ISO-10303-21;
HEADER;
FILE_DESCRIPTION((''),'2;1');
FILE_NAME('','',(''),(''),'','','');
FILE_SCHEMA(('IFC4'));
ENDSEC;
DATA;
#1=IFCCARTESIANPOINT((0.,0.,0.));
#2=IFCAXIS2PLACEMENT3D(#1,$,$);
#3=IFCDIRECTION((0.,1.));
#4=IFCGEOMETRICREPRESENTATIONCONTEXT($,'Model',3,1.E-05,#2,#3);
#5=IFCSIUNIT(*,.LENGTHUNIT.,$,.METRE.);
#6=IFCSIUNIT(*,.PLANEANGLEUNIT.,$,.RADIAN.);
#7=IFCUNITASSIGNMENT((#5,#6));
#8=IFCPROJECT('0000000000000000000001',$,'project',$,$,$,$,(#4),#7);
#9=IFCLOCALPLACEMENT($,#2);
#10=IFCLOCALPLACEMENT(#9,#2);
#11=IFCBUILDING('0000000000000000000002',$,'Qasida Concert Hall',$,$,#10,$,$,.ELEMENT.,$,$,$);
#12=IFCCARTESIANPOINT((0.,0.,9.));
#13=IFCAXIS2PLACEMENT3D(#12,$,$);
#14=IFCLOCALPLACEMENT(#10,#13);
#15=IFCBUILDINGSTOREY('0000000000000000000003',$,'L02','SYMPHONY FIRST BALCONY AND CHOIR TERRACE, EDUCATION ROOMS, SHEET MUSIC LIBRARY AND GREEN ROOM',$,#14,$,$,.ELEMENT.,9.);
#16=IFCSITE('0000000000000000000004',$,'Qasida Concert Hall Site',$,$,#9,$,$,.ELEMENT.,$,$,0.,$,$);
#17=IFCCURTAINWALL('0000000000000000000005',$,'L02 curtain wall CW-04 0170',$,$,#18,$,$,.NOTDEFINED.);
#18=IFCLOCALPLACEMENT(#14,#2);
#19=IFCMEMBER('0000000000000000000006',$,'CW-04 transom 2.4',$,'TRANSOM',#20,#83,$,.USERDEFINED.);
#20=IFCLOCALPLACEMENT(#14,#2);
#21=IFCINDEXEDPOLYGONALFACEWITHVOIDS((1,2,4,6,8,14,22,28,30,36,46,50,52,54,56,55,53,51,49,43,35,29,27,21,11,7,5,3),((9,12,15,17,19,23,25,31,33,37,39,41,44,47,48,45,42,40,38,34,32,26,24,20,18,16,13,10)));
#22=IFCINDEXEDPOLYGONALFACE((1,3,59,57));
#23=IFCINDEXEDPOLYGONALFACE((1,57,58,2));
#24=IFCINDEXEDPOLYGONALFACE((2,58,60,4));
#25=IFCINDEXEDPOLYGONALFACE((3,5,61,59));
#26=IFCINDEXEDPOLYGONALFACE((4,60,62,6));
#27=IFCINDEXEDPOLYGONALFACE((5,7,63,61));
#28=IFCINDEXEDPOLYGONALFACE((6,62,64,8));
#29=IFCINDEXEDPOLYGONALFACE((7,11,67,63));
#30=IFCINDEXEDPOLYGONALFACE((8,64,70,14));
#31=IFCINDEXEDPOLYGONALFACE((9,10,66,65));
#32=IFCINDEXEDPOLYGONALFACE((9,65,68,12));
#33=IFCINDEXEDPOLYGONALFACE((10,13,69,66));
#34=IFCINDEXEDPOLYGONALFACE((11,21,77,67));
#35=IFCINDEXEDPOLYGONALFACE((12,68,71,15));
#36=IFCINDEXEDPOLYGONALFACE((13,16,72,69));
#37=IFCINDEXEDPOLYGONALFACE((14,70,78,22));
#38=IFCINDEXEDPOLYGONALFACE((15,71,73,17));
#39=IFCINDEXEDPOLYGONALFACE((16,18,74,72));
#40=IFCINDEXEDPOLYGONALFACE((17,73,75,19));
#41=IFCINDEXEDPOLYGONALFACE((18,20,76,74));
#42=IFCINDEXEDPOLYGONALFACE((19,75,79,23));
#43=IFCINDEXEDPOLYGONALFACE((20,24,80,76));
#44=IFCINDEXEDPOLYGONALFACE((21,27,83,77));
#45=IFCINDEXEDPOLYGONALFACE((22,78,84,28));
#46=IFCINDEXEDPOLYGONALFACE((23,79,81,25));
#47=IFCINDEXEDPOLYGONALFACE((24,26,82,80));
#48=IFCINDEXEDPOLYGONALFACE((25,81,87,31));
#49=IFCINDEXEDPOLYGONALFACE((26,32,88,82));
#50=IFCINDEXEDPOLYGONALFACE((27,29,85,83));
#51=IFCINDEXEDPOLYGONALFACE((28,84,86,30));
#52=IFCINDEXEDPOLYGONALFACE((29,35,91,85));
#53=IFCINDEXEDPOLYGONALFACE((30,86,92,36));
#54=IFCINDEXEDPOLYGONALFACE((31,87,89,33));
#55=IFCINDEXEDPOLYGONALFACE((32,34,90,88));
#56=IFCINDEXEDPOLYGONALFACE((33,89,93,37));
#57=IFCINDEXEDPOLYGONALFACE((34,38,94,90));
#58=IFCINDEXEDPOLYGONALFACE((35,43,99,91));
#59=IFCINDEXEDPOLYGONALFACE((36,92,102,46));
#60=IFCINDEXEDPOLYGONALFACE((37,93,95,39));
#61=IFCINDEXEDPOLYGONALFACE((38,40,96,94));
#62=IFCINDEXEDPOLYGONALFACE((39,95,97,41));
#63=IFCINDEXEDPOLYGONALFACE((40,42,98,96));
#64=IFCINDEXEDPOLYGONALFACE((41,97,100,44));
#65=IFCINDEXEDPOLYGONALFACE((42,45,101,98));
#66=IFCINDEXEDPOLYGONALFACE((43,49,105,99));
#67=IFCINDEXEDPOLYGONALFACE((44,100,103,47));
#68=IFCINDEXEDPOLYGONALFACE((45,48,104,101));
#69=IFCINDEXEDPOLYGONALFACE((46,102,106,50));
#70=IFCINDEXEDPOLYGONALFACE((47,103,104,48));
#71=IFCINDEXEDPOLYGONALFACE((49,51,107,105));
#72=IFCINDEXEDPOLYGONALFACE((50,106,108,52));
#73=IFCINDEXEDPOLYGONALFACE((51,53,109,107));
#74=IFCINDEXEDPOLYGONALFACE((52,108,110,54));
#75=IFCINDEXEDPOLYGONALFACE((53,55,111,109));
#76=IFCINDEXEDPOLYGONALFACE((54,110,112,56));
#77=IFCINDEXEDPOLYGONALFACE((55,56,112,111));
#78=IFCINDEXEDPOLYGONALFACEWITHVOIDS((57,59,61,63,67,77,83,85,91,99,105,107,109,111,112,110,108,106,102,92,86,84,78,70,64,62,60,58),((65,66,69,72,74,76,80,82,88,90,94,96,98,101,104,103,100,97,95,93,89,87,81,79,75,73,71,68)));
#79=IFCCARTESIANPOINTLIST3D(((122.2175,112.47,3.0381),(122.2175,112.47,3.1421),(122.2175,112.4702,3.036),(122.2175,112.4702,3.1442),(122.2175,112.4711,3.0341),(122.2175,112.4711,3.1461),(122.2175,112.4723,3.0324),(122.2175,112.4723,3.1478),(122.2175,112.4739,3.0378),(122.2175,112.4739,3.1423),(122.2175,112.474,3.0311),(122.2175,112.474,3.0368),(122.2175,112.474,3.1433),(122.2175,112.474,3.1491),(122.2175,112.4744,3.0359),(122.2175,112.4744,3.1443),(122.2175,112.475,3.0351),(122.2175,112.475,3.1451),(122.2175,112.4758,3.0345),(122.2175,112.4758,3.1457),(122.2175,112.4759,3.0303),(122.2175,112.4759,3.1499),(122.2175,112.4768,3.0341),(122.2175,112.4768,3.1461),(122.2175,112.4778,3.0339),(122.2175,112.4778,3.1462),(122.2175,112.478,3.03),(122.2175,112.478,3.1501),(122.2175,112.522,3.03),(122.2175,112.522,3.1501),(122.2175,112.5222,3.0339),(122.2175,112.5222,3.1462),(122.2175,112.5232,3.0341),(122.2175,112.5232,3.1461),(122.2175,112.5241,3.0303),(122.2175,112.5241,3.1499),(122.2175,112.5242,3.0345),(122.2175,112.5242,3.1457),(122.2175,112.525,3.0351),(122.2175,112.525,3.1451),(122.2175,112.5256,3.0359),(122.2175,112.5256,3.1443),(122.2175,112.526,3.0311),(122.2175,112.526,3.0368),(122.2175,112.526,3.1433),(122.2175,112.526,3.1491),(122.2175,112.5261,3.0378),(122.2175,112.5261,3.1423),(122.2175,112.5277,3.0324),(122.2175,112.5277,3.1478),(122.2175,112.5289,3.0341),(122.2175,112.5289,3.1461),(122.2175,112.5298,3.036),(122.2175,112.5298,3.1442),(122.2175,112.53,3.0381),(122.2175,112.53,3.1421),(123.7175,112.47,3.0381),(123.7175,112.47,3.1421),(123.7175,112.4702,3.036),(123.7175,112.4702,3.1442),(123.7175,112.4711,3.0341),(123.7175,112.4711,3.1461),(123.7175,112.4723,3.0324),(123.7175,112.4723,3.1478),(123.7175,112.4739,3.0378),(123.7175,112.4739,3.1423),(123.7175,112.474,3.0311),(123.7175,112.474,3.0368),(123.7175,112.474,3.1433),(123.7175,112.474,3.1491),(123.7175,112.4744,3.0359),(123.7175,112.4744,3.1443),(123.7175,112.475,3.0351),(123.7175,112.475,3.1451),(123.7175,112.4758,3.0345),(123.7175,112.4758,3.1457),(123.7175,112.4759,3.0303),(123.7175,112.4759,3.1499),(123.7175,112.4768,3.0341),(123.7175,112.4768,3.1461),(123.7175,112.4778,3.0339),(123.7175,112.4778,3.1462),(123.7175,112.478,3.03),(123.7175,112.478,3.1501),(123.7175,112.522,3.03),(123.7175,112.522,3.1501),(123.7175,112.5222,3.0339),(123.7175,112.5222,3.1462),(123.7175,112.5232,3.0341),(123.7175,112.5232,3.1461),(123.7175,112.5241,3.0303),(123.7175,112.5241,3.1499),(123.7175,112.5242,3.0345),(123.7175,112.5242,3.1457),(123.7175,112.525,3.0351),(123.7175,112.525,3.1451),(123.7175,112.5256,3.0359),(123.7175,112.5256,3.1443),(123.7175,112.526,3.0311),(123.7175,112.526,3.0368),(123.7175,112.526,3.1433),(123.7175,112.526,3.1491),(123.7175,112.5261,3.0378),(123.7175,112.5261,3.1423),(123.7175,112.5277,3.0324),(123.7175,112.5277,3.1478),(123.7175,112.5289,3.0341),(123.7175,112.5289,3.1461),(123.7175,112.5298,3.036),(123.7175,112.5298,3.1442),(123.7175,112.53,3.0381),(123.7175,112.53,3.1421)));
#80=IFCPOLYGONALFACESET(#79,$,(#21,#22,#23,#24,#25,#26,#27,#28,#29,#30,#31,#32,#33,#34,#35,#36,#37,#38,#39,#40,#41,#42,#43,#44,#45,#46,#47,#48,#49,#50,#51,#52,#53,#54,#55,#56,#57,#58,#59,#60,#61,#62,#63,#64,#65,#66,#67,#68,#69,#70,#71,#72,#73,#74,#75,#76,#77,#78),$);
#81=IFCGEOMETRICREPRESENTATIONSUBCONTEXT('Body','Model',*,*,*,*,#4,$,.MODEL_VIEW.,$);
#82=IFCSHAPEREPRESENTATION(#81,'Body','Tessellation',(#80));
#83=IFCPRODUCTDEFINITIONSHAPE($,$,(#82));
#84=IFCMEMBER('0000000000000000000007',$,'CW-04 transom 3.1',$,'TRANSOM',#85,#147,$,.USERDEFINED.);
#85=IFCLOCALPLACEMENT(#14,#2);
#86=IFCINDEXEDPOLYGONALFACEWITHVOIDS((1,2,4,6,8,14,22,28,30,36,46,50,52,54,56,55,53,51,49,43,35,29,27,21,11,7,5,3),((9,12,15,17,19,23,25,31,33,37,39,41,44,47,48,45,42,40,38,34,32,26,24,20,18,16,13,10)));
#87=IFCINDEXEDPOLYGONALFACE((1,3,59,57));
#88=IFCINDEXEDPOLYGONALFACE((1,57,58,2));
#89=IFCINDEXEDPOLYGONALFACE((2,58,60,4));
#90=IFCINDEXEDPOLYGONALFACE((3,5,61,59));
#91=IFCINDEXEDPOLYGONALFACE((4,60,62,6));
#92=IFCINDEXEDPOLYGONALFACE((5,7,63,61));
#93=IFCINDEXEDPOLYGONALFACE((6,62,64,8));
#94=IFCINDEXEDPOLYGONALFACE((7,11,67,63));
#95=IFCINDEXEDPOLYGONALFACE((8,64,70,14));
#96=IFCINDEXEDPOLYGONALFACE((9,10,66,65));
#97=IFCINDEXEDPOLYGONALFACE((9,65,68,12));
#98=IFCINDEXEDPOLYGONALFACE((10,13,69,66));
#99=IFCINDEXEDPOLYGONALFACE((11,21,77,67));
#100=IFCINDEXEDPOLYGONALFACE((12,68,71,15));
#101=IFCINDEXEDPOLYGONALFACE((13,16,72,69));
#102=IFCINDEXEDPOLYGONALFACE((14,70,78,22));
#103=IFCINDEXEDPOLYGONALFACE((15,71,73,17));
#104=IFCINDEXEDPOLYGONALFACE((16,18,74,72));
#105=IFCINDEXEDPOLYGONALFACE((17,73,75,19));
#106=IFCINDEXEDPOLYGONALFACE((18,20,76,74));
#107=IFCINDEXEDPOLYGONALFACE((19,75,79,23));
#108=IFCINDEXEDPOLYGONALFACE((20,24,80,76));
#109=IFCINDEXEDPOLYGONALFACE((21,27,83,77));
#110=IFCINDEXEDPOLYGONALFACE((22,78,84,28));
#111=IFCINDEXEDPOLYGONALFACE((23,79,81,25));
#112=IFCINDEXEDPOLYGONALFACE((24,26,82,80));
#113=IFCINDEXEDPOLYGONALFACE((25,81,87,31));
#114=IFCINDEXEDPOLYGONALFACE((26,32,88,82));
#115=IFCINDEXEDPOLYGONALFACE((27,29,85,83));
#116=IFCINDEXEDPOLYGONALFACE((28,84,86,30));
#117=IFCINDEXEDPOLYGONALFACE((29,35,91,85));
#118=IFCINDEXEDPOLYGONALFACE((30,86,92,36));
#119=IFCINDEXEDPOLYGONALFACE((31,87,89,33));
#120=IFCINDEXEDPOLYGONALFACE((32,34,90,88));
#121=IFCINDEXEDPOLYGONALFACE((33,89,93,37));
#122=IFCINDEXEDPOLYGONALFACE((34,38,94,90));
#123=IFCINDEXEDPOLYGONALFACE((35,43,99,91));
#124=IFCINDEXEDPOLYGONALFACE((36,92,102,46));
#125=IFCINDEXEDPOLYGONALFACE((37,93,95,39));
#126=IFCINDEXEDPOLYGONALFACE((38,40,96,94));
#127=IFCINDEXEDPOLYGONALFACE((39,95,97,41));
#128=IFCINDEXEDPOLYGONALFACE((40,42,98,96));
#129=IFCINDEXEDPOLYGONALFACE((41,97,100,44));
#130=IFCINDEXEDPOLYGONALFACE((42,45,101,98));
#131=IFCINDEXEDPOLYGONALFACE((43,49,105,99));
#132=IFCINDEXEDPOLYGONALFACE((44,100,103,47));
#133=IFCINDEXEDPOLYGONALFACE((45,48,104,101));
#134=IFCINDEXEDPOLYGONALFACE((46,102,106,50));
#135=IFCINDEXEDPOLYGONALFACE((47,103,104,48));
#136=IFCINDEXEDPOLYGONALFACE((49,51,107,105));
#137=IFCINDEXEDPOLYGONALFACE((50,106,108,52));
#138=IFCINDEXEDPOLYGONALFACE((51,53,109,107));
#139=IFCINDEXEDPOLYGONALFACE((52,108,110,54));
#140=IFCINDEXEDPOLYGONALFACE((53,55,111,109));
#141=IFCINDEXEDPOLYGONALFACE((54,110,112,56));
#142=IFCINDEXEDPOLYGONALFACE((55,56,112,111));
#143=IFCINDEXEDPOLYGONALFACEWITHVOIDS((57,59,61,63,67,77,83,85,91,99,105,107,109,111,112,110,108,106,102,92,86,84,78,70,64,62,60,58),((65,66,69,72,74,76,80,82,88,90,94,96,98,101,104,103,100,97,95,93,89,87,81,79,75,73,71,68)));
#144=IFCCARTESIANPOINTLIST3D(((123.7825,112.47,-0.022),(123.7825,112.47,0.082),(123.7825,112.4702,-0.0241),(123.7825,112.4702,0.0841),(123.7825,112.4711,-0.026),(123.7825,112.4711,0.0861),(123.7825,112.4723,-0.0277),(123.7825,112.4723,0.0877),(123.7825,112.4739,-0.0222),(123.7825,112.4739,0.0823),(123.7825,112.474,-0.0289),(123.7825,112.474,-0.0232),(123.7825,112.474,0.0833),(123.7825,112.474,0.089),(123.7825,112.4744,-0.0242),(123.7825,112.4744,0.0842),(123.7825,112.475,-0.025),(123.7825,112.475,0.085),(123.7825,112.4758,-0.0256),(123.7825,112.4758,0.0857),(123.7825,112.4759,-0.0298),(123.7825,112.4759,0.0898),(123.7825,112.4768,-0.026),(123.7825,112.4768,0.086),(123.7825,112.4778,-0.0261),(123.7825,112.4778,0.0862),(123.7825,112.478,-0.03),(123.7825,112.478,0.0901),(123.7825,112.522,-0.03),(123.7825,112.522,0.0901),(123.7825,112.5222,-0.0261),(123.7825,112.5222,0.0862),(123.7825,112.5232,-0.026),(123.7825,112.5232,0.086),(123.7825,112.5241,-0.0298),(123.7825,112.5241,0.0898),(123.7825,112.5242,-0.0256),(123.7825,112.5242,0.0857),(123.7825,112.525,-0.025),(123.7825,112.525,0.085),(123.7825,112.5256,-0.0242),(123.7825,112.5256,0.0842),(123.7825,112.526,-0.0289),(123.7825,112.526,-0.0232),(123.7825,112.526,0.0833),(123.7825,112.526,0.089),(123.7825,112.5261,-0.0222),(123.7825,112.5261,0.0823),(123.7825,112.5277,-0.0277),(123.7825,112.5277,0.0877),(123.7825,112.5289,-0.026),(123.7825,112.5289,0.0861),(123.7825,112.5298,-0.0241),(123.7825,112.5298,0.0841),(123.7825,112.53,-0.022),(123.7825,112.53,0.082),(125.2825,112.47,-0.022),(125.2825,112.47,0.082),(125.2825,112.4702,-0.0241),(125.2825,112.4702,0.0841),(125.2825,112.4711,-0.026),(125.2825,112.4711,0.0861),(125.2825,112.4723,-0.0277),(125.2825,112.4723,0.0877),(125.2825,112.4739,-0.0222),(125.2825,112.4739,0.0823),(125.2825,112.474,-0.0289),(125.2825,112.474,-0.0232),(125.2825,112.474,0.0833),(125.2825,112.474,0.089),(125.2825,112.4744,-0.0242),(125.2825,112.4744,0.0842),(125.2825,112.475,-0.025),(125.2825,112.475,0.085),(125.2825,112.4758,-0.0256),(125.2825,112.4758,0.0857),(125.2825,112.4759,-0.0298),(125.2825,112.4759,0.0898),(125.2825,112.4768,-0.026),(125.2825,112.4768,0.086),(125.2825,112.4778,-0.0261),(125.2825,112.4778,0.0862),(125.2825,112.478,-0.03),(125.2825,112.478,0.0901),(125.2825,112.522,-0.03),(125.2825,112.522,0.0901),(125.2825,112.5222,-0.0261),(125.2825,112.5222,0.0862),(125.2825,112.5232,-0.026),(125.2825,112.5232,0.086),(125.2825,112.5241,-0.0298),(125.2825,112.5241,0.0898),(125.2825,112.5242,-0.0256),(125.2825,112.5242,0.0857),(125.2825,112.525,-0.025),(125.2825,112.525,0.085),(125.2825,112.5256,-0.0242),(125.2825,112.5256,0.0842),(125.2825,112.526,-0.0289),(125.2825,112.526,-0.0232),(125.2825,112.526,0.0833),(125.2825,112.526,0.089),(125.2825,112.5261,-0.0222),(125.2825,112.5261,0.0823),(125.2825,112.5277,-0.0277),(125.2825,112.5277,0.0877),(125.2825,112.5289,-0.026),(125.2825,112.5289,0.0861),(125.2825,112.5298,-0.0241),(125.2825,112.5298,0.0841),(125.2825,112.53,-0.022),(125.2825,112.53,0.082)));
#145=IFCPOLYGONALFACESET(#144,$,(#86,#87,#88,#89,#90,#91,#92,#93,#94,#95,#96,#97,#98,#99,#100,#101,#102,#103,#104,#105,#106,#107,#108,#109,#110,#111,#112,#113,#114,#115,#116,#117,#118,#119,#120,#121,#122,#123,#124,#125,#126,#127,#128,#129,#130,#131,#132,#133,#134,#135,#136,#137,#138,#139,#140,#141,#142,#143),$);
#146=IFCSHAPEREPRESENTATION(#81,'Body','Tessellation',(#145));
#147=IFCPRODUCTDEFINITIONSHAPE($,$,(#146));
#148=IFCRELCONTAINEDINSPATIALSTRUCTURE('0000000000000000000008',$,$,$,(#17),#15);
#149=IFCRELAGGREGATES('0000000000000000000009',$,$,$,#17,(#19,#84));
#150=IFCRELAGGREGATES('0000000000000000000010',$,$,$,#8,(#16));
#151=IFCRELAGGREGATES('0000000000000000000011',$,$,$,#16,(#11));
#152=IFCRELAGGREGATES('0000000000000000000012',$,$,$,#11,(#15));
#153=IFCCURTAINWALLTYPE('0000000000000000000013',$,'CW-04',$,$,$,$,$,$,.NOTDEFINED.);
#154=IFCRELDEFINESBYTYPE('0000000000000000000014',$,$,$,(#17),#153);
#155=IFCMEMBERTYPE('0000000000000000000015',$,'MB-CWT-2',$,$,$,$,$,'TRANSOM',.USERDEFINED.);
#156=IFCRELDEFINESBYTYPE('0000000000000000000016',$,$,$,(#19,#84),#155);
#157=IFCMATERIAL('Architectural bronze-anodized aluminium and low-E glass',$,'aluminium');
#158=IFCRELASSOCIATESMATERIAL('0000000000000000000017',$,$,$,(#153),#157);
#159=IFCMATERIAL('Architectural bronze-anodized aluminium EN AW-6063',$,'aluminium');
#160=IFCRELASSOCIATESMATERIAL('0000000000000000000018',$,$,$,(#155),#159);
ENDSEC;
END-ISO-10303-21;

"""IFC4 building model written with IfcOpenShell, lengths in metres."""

from ifc_helpers import new_model, si_unit, direction, frame, origin, origin_2d, place, context, subcontext, project, spatial, hollow_rectangle, extrude, material, material_profile, profile_set, type_object, element, aggregate, save


model = new_model("IFC4")

# Units and contexts
model_context = context("Model", 3, precision=1e-05, world=origin(), true_north=direction((0.0, 1.0)))
body_context = subcontext(model_context, "Body", "Model", "MODEL_VIEW")
ifc_project = project(units=[si_unit("LENGTHUNIT", "METRE"), si_unit("PLANEANGLEUNIT", "RADIAN")], contexts=[model_context])

# Site, building, storey
site_placement = place(None, origin())
site = spatial("IfcSite", under=ifc_project, at=site_placement, Name="Qasida Concert Hall Site", CompositionType="ELEMENT", RefElevation=0.0)
building_placement = place(site_placement, origin())
building = spatial("IfcBuilding", under=site, at=building_placement, Name="Qasida Concert Hall", CompositionType="ELEMENT")
storey_placement = place(building_placement, frame((0.0, 0.0, 9.0)))
storey = spatial("IfcBuildingStorey", under=building, at=storey_placement, Name="L02", Description="SYMPHONY FIRST BALCONY AND CHOIR TERRACE, EDUCATION ROOMS, SHEET MUSIC LIBRARY AND GREEN ROOM", CompositionType="ELEMENT", Elevation=9.0)

# Curtain wall, members
ifc_material_1 = material(Name="Architectural bronze-anodized aluminium and low-E glass", Category="aluminium")
curtain_wall_type = type_object("IfcCurtainWallType", Name="CW-04", PredefinedType="NOTDEFINED", material=ifc_material_1)
curtain_wall_placement = place(storey_placement, origin())
curtain_wall = element("IfcCurtainWall", 1, at=curtain_wall_placement, inside=storey, type_object=curtain_wall_type, Name="L02 curtain wall CW-04 0170", PredefinedType="NOTDEFINED")
ifc_material_2 = material(Name="Architectural bronze-anodized aluminium EN AW-6063", Category="aluminium")
ifc_material_profile_1 = material_profile(ifc_material_2, hollow_rectangle(XDim=0.0601, YDim=0.1201, WallThickness=0.0039, InnerFilletRadius=0.0039, OuterFilletRadius=0.0081, at=origin_2d()), Name="CWT 120x60x4")
ifc_profile_set_1 = profile_set([ifc_material_profile_1], Name="Architectural bronze-anodized aluminium EN AW-6063")
member_type_1 = type_object("IfcMemberType", Name="MB-CWT-2", ElementType="TRANSOM", PredefinedType="USERDEFINED", material=ifc_profile_set_1)
member_1_placement = place(storey_placement, frame((122.2175, 112.5, 3.0901), z_axis=(1.0, 0.0, 0.0), x_axis=(0.0, 1.0, 0.0)))
member_1 = element("IfcMember", 2, at=member_1_placement, type_object=member_type_1, Name="CW-04 transom 2.4", ObjectType="TRANSOM", PredefinedType="USERDEFINED", context=body_context, shape_type="SweptSolid", body=[
    extrude(hollow_rectangle(XDim=0.0601, YDim=0.1201, WallThickness=0.0039, InnerFilletRadius=0.0039, OuterFilletRadius=0.0081, at=origin_2d()), origin(), (0.0, 0.0, 1.0), 1.5),
])
member_2_placement = place(storey_placement, frame((123.7825, 112.5, 0.03), z_axis=(1.0, 0.0, 0.0), x_axis=(0.0, 1.0, 0.0)))
member_2 = element("IfcMember", 3, at=member_2_placement, type_object=member_type_1, Name="CW-04 transom 3.1", ObjectType="TRANSOM", PredefinedType="USERDEFINED", context=body_context, shape_type="SweptSolid", body=[
    extrude(hollow_rectangle(XDim=0.0601, YDim=0.1201, WallThickness=0.0039, InnerFilletRadius=0.0039, OuterFilletRadius=0.0081, at=origin_2d()), origin(), (0.0, 0.0, 1.0), 1.5),
])
aggregate(curtain_wall, [member_1, member_2])

save(model, "model.ifc")
